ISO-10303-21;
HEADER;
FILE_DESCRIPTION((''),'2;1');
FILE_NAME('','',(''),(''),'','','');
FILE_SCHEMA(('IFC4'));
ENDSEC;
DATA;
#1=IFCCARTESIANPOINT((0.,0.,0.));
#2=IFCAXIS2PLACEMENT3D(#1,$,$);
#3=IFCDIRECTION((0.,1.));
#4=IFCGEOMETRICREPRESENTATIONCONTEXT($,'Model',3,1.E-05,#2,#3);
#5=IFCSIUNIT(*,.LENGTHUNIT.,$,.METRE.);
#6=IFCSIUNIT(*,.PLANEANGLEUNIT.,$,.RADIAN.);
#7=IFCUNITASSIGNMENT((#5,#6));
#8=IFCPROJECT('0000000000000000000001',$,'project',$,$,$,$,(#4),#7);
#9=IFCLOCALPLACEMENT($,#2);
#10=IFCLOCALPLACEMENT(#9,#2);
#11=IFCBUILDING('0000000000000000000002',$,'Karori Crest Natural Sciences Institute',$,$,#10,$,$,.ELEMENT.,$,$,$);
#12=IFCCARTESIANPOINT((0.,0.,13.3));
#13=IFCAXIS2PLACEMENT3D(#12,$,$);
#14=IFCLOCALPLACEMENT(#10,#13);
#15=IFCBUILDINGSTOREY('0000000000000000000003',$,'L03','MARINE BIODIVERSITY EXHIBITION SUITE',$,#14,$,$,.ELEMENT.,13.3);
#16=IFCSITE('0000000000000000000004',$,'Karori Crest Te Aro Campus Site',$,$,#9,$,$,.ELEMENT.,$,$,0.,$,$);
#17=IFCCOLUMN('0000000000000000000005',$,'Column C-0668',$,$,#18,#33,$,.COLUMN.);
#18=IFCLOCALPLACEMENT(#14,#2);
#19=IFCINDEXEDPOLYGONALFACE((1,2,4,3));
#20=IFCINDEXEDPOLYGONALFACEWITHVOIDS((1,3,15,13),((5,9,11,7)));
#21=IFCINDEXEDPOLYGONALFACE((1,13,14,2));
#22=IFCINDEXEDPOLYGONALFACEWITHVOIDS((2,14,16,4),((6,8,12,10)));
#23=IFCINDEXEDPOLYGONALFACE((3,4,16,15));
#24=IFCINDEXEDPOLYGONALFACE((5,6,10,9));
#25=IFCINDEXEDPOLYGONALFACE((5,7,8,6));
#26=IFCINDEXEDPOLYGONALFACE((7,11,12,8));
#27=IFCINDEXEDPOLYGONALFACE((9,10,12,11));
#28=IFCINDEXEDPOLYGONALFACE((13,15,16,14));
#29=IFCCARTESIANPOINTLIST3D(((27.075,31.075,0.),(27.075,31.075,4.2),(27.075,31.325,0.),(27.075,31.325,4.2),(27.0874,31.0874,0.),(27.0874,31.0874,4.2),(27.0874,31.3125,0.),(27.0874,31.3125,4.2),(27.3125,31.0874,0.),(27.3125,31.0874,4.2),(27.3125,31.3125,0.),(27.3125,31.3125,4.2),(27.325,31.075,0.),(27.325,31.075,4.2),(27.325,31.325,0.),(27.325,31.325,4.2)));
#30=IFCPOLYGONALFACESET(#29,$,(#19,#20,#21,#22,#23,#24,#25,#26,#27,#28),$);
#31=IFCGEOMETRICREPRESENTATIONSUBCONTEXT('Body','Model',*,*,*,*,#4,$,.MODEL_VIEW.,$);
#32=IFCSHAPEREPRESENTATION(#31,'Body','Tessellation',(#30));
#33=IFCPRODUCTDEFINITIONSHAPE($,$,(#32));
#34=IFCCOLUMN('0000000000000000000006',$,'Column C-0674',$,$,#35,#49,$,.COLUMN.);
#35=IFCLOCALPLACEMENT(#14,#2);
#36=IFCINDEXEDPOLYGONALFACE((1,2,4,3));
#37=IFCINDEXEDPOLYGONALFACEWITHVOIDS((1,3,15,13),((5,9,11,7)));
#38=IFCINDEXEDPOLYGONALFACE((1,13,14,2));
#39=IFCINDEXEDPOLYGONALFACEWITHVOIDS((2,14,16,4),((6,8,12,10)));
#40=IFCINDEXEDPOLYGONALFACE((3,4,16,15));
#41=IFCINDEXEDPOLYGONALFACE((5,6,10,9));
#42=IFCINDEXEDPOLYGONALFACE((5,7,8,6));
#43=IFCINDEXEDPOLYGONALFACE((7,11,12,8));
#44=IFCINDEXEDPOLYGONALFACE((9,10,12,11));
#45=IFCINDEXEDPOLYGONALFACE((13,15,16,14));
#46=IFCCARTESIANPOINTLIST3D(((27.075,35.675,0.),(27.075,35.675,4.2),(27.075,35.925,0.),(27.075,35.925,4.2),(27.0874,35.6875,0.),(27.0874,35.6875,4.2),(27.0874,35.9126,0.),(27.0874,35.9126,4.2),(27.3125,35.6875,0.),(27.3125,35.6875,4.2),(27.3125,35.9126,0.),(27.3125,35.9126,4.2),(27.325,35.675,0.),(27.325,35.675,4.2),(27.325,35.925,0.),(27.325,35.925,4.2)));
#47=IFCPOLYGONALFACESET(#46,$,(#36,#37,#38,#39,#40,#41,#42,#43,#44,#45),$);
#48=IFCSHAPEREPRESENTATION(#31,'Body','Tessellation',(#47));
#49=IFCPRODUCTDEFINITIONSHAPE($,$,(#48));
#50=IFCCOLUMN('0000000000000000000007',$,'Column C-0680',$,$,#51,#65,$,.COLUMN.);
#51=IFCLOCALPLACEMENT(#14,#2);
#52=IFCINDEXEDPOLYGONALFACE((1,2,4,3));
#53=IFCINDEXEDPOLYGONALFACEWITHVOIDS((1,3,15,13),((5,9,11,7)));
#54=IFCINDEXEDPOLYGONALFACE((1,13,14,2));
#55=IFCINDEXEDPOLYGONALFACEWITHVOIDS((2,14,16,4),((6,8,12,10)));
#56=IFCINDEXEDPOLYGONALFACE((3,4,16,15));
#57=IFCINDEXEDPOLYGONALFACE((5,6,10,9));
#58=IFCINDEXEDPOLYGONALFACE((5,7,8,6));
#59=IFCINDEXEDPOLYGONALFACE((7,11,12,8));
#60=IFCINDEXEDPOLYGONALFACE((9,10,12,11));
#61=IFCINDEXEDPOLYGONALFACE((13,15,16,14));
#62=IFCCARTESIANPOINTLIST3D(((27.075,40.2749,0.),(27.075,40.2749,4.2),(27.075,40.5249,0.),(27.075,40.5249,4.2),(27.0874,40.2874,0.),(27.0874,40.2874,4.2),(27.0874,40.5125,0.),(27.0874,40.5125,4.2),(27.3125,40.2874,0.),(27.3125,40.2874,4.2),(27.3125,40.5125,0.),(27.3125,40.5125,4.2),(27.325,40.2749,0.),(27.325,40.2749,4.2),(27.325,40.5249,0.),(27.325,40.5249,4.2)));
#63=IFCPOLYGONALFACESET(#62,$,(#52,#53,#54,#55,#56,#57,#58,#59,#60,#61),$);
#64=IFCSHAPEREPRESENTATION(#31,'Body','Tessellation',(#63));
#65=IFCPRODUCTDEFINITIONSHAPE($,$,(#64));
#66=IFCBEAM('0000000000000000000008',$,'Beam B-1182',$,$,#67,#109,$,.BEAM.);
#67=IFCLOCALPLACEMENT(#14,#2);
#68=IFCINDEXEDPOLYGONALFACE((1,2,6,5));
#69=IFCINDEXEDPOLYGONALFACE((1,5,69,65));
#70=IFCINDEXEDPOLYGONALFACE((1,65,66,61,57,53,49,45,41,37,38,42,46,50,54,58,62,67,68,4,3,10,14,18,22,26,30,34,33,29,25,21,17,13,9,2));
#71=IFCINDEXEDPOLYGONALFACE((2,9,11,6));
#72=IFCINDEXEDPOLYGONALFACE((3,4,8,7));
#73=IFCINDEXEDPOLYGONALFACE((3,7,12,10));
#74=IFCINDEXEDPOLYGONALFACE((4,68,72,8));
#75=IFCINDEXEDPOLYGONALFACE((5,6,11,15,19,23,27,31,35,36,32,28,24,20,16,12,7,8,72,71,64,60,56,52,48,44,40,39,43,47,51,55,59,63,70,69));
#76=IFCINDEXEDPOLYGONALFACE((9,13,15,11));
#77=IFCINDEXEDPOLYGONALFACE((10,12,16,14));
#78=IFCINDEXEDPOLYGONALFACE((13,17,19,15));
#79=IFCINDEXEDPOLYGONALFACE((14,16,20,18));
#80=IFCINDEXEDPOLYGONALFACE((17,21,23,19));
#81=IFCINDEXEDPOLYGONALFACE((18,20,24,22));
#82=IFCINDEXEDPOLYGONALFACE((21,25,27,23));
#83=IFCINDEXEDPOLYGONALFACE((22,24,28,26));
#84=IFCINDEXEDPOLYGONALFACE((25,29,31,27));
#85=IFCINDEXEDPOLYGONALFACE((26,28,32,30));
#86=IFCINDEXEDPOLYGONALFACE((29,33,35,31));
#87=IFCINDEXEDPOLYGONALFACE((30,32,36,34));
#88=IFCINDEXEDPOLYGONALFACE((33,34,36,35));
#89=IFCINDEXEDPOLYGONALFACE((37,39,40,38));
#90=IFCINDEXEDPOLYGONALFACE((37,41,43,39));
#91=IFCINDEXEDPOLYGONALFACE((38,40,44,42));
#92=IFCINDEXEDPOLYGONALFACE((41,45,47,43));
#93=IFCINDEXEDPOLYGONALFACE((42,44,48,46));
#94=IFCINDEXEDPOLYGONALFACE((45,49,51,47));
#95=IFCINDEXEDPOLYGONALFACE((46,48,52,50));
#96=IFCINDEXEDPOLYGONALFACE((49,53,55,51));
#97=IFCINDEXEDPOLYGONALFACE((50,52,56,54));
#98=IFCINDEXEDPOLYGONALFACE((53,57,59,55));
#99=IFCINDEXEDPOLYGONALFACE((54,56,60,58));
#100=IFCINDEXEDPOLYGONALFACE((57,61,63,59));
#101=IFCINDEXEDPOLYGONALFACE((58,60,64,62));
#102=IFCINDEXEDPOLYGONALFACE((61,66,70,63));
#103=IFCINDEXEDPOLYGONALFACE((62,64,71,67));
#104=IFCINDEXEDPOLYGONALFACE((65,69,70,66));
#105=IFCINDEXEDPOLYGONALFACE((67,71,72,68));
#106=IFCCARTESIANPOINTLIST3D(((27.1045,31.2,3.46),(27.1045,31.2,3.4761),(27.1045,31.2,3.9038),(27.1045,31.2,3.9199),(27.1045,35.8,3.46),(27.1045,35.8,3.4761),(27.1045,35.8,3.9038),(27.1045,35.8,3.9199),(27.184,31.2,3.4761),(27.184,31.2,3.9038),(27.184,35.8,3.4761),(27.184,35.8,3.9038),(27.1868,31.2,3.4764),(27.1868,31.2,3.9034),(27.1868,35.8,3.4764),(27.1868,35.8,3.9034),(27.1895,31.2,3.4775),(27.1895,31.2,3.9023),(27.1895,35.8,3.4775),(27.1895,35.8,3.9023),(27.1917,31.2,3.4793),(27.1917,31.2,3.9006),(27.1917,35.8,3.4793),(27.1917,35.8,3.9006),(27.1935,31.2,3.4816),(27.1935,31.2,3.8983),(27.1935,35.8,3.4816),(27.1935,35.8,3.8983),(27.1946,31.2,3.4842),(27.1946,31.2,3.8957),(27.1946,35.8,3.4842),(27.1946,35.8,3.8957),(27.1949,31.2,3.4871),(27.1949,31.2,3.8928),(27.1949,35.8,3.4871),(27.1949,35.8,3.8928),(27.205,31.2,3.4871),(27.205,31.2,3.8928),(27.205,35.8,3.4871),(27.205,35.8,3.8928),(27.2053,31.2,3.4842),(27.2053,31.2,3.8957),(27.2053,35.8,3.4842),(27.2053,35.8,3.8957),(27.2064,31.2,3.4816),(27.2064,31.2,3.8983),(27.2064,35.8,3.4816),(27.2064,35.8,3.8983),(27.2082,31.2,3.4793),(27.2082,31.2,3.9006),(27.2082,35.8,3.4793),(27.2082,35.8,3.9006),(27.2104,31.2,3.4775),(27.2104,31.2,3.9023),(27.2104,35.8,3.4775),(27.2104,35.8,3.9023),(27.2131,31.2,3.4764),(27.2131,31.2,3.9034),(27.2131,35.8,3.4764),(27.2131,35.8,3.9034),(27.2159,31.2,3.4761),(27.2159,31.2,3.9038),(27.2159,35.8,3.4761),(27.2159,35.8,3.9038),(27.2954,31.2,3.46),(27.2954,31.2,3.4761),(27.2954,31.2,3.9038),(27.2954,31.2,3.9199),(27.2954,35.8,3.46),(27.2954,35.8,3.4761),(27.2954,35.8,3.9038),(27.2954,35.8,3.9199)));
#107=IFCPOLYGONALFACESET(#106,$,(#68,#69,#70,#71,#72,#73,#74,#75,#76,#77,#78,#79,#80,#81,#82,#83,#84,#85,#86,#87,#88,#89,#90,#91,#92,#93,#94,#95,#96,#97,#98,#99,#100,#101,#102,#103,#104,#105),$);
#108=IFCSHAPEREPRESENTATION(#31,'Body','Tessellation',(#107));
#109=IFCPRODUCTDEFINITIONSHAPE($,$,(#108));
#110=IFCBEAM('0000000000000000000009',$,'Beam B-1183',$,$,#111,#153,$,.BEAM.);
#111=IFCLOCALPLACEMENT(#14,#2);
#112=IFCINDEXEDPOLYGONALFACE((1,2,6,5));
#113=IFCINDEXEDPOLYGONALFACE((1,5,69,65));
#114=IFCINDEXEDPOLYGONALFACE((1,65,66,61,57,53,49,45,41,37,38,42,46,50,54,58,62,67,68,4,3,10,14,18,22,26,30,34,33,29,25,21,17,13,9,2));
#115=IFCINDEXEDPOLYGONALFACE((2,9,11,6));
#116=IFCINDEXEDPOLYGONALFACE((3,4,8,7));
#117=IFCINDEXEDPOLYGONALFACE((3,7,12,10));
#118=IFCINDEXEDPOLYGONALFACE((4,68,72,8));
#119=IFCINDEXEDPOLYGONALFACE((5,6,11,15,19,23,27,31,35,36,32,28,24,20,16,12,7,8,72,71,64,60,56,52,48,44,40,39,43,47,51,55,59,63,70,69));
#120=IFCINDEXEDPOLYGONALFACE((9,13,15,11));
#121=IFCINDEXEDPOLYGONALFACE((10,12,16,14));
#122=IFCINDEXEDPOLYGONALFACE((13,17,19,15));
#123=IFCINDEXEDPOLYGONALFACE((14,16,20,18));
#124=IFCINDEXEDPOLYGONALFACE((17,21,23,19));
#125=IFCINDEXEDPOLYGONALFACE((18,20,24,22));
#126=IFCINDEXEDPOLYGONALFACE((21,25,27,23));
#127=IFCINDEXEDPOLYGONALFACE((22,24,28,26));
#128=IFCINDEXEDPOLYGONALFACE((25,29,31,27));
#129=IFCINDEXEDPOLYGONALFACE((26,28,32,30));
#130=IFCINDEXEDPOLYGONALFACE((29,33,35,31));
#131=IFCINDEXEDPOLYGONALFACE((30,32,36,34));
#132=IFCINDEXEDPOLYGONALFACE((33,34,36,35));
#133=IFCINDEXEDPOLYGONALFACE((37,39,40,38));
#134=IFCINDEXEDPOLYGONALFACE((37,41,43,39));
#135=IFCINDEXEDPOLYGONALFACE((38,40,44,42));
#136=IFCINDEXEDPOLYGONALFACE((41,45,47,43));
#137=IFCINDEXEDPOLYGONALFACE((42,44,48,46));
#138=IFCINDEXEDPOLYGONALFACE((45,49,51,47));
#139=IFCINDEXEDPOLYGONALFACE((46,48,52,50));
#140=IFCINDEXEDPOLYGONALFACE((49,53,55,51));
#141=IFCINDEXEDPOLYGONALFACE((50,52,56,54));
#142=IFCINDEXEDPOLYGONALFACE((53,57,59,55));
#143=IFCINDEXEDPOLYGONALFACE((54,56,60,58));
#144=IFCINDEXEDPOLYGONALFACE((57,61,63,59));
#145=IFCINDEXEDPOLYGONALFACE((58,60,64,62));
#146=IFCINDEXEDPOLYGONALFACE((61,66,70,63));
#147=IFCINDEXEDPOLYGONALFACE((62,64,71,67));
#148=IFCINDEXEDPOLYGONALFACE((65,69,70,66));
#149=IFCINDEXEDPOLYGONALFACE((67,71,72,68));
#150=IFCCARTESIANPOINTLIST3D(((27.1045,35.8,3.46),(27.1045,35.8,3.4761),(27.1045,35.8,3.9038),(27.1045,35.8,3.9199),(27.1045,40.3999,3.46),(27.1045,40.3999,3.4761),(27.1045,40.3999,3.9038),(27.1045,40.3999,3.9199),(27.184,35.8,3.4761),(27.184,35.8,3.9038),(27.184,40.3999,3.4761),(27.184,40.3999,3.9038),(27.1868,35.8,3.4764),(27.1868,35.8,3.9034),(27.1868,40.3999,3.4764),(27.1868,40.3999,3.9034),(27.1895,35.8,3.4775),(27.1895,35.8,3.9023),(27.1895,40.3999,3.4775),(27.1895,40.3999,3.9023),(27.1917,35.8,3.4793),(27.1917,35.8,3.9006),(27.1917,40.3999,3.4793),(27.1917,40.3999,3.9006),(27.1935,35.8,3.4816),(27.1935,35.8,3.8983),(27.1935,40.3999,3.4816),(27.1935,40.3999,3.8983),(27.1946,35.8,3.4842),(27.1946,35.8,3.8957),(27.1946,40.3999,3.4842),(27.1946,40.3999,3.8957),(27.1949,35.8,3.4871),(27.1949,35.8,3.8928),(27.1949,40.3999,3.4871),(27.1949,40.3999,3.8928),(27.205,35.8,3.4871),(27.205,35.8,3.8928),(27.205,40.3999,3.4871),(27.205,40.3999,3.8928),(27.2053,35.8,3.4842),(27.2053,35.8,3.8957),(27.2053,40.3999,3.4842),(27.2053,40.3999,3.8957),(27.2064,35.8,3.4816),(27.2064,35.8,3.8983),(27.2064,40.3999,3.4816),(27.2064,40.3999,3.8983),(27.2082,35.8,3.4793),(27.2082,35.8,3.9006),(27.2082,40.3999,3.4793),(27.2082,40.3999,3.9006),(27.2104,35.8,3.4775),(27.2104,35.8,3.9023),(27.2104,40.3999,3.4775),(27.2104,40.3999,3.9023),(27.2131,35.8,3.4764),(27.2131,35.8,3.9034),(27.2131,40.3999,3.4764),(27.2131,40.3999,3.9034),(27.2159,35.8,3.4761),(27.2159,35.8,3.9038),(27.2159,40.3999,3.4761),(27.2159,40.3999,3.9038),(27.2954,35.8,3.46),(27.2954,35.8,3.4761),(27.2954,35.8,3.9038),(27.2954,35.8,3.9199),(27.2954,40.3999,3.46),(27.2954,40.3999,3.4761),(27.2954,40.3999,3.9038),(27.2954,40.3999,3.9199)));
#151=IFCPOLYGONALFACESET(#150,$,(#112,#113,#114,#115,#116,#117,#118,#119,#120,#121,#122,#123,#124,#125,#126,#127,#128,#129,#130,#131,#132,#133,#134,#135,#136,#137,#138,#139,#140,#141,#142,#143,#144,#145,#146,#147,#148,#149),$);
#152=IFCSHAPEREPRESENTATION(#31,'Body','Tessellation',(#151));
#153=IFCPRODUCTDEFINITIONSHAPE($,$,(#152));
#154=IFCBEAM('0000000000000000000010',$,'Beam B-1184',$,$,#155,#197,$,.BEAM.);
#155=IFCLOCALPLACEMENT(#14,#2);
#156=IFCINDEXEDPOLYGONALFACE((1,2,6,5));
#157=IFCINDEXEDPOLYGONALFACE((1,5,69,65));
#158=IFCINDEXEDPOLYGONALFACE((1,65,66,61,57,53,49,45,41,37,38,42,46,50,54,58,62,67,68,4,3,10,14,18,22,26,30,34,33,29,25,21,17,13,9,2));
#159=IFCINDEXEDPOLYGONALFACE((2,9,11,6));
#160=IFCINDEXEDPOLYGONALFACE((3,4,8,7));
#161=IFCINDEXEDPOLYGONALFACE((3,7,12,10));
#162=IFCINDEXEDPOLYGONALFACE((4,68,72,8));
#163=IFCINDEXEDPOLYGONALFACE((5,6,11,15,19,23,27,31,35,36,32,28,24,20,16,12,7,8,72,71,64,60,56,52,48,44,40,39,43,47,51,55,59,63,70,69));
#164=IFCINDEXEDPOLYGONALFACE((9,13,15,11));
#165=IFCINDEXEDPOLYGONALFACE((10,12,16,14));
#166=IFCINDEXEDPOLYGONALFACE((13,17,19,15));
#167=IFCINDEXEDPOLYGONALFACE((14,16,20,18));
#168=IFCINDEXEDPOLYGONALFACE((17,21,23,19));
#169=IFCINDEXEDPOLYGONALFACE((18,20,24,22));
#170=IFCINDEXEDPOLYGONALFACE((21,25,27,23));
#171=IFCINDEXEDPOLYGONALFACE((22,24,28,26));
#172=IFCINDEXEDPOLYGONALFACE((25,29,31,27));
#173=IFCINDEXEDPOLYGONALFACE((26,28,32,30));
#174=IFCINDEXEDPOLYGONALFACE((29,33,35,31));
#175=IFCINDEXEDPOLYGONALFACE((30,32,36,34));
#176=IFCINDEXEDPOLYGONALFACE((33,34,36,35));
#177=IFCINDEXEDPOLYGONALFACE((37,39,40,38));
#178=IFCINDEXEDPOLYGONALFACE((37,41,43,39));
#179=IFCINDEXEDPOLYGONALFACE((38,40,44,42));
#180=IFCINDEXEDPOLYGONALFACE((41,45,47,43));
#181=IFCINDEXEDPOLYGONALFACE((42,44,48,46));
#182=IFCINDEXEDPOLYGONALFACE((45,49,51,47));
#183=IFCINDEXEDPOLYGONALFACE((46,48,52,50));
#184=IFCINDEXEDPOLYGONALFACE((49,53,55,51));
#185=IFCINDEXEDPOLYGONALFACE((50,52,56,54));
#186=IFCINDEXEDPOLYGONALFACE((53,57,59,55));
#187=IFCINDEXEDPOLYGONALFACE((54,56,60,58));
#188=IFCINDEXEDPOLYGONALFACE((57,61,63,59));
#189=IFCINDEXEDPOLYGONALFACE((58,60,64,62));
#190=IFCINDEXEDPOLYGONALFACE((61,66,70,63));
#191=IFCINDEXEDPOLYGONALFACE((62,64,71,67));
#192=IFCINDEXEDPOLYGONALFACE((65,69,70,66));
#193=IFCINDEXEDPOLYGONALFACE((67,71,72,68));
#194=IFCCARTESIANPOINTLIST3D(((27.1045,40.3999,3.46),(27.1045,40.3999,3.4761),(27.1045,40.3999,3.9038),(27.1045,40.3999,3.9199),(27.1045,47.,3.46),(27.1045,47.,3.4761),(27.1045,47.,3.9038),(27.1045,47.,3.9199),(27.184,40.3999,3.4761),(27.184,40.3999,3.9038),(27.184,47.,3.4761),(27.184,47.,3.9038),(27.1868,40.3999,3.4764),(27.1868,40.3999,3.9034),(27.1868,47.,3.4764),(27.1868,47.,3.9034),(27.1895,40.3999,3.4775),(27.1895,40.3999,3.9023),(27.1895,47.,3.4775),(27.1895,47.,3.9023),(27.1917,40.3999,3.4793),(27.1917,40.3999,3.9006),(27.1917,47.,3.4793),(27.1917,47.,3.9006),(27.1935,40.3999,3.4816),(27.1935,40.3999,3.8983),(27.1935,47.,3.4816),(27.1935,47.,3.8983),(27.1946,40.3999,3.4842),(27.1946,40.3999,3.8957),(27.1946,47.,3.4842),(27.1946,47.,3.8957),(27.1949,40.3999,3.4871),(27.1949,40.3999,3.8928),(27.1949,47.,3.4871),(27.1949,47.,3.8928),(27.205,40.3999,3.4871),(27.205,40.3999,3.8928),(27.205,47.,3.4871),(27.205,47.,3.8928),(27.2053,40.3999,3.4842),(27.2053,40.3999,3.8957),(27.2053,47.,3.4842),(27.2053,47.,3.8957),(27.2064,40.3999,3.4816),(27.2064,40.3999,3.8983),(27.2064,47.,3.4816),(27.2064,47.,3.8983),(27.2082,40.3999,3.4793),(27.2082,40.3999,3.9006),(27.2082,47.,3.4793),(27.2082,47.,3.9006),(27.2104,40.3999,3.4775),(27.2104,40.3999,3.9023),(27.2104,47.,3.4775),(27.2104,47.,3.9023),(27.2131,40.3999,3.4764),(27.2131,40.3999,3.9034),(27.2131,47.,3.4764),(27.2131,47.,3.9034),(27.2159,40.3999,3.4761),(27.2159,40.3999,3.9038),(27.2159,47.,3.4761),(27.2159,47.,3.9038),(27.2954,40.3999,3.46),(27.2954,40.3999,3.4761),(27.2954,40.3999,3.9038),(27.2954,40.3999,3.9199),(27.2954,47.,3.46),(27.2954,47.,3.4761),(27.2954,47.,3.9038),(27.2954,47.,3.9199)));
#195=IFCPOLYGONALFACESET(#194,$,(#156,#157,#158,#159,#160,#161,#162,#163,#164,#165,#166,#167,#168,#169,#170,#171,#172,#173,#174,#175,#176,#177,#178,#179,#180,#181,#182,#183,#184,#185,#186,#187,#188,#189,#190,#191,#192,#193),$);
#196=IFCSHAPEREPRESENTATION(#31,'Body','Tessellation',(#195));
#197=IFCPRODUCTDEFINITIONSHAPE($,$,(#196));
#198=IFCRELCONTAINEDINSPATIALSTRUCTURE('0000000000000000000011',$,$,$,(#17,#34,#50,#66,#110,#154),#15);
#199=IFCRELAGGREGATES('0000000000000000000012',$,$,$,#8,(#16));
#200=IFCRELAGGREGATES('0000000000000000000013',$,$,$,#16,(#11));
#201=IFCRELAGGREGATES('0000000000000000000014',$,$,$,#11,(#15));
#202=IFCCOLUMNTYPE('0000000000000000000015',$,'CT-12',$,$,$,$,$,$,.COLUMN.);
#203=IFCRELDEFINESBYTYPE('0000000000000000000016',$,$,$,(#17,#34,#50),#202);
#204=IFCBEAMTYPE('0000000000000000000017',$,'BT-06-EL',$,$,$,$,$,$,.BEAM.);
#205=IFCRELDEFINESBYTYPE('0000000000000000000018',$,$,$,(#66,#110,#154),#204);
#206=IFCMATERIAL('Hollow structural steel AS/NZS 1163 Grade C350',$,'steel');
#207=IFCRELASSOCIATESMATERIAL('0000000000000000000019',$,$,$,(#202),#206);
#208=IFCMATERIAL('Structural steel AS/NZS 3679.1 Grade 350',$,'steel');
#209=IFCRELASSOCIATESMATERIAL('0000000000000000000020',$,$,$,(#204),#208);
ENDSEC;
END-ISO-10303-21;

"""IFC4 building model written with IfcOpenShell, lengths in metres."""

from ifc_helpers import new_model, si_unit, direction, frame, origin, origin_2d, place, context, subcontext, project, spatial, hollow_rectangle, i_section, extrude, material, material_profile, profile_set, type_object, element, save


model = new_model("IFC4")

# Units and contexts
model_context = context("Model", 3, precision=1e-05, world=origin(), true_north=direction((0.0, 1.0)))
body_context = subcontext(model_context, "Body", "Model", "MODEL_VIEW")
ifc_project = project(units=[si_unit("LENGTHUNIT", "METRE"), si_unit("PLANEANGLEUNIT", "RADIAN")], contexts=[model_context])

# Site, building, storey
site_placement = place(None, origin())
site = spatial("IfcSite", under=ifc_project, at=site_placement, Name="Karori Crest Te Aro Campus Site", CompositionType="ELEMENT", RefElevation=0.0)
building_placement = place(site_placement, origin())
building = spatial("IfcBuilding", under=site, at=building_placement, Name="Karori Crest Natural Sciences Institute", CompositionType="ELEMENT")
storey_placement = place(building_placement, frame((0.0, 0.0, 13.3)))
storey = spatial("IfcBuildingStorey", under=building, at=storey_placement, Name="L03", Description="MARINE BIODIVERSITY EXHIBITION SUITE", CompositionType="ELEMENT", Elevation=13.3)

# Columns
ifc_material_1 = material(Name="Hollow structural steel AS/NZS 1163 Grade C350", Category="steel")
ifc_material_profile_1 = material_profile(ifc_material_1, hollow_rectangle(XDim=0.25, YDim=0.25, WallThickness=0.0125, at=origin_2d()), Name="SHS250x250x12.5")
ifc_profile_set_1 = profile_set([ifc_material_profile_1], Name="Hollow structural steel AS/NZS 1163 Grade C350")
column_type = type_object("IfcColumnType", Name="CT-12", PredefinedType="COLUMN", material=ifc_profile_set_1)
for number, where, z_axis, x_axis, name in (
    (1, (27.2, 31.2, 0.0), (0.0, 0.0, 1.0), (1.0, 0.0, 0.0), "Column C-0668"),
    (2, (27.2, 35.8, 0.0), (0.0, 0.0, 1.0), (1.0, 0.0, 0.0), "Column C-0674"),
    (3, (27.2, 40.3999, 0.0), (0.0, 0.0, 1.0), (1.0, 0.0, 0.0), "Column C-0680"),
):
    element("IfcColumn", number, at=place(storey_placement, frame(where, z_axis=z_axis, x_axis=x_axis)), inside=storey, type_object=column_type, Name=name, PredefinedType="COLUMN", context=body_context, shape_type="SweptSolid", body=[
        extrude(hollow_rectangle(XDim=0.25, YDim=0.25, WallThickness=0.0125, at=origin_2d()), origin(), (0.0, 0.0, 1.0), 4.2),
    ])

# Beams
ifc_material_2 = material(Name="Structural steel AS/NZS 3679.1 Grade 350", Category="steel")
ifc_material_profile_2 = material_profile(ifc_material_2, i_section(OverallWidth=0.1909, OverallDepth=0.46, WebThickness=0.01, FlangeThickness=0.0161, FilletRadius=0.011, at=origin_2d()), Name="460UB82.1")
ifc_profile_set_2 = profile_set([ifc_material_profile_2], Name="Structural steel AS/NZS 3679.1 Grade 350")
beam_type_1 = type_object("IfcBeamType", Name="BT-06-EL", PredefinedType="BEAM", material=ifc_profile_set_2)
beam_1_placement = place(storey_placement, frame((27.2, 31.2, 3.6899), z_axis=(0.0, 1.0, 0.0), x_axis=(-1.0, 0.0, 0.0)))
element("IfcBeam", 4, at=beam_1_placement, inside=storey, type_object=beam_type_1, Name="Beam B-1182", PredefinedType="BEAM", context=body_context, shape_type="SweptSolid", body=[
    extrude(i_section(OverallWidth=0.1909, OverallDepth=0.46, WebThickness=0.01, FlangeThickness=0.0161, FilletRadius=0.011, at=origin_2d()), origin(), (0.0, 0.0, 1.0), 4.6001),
])
beam_2_placement = place(storey_placement, frame((27.2, 35.8, 3.6899), z_axis=(0.0, 1.0, 0.0), x_axis=(-1.0, 0.0, 0.0)))
element("IfcBeam", 5, at=beam_2_placement, inside=storey, type_object=beam_type_1, Name="Beam B-1183", PredefinedType="BEAM", context=body_context, shape_type="SweptSolid", body=[
    extrude(i_section(OverallWidth=0.1909, OverallDepth=0.46, WebThickness=0.01, FlangeThickness=0.0161, FilletRadius=0.011, at=origin_2d()), origin(), (0.0, 0.0, 1.0), 4.5999),
])
beam_3_placement = place(storey_placement, frame((27.2, 40.3999, 3.6899), z_axis=(0.0, 1.0, 0.0), x_axis=(-1.0, 0.0, 0.0)))
element("IfcBeam", 6, at=beam_3_placement, inside=storey, type_object=beam_type_1, Name="Beam B-1184", PredefinedType="BEAM", context=body_context, shape_type="SweptSolid", body=[
    extrude(i_section(OverallWidth=0.1909, OverallDepth=0.46, WebThickness=0.01, FlangeThickness=0.0161, FilletRadius=0.011, at=origin_2d()), origin(), (0.0, 0.0, 1.0), 6.6001),
])

save(model, "model.ifc")
